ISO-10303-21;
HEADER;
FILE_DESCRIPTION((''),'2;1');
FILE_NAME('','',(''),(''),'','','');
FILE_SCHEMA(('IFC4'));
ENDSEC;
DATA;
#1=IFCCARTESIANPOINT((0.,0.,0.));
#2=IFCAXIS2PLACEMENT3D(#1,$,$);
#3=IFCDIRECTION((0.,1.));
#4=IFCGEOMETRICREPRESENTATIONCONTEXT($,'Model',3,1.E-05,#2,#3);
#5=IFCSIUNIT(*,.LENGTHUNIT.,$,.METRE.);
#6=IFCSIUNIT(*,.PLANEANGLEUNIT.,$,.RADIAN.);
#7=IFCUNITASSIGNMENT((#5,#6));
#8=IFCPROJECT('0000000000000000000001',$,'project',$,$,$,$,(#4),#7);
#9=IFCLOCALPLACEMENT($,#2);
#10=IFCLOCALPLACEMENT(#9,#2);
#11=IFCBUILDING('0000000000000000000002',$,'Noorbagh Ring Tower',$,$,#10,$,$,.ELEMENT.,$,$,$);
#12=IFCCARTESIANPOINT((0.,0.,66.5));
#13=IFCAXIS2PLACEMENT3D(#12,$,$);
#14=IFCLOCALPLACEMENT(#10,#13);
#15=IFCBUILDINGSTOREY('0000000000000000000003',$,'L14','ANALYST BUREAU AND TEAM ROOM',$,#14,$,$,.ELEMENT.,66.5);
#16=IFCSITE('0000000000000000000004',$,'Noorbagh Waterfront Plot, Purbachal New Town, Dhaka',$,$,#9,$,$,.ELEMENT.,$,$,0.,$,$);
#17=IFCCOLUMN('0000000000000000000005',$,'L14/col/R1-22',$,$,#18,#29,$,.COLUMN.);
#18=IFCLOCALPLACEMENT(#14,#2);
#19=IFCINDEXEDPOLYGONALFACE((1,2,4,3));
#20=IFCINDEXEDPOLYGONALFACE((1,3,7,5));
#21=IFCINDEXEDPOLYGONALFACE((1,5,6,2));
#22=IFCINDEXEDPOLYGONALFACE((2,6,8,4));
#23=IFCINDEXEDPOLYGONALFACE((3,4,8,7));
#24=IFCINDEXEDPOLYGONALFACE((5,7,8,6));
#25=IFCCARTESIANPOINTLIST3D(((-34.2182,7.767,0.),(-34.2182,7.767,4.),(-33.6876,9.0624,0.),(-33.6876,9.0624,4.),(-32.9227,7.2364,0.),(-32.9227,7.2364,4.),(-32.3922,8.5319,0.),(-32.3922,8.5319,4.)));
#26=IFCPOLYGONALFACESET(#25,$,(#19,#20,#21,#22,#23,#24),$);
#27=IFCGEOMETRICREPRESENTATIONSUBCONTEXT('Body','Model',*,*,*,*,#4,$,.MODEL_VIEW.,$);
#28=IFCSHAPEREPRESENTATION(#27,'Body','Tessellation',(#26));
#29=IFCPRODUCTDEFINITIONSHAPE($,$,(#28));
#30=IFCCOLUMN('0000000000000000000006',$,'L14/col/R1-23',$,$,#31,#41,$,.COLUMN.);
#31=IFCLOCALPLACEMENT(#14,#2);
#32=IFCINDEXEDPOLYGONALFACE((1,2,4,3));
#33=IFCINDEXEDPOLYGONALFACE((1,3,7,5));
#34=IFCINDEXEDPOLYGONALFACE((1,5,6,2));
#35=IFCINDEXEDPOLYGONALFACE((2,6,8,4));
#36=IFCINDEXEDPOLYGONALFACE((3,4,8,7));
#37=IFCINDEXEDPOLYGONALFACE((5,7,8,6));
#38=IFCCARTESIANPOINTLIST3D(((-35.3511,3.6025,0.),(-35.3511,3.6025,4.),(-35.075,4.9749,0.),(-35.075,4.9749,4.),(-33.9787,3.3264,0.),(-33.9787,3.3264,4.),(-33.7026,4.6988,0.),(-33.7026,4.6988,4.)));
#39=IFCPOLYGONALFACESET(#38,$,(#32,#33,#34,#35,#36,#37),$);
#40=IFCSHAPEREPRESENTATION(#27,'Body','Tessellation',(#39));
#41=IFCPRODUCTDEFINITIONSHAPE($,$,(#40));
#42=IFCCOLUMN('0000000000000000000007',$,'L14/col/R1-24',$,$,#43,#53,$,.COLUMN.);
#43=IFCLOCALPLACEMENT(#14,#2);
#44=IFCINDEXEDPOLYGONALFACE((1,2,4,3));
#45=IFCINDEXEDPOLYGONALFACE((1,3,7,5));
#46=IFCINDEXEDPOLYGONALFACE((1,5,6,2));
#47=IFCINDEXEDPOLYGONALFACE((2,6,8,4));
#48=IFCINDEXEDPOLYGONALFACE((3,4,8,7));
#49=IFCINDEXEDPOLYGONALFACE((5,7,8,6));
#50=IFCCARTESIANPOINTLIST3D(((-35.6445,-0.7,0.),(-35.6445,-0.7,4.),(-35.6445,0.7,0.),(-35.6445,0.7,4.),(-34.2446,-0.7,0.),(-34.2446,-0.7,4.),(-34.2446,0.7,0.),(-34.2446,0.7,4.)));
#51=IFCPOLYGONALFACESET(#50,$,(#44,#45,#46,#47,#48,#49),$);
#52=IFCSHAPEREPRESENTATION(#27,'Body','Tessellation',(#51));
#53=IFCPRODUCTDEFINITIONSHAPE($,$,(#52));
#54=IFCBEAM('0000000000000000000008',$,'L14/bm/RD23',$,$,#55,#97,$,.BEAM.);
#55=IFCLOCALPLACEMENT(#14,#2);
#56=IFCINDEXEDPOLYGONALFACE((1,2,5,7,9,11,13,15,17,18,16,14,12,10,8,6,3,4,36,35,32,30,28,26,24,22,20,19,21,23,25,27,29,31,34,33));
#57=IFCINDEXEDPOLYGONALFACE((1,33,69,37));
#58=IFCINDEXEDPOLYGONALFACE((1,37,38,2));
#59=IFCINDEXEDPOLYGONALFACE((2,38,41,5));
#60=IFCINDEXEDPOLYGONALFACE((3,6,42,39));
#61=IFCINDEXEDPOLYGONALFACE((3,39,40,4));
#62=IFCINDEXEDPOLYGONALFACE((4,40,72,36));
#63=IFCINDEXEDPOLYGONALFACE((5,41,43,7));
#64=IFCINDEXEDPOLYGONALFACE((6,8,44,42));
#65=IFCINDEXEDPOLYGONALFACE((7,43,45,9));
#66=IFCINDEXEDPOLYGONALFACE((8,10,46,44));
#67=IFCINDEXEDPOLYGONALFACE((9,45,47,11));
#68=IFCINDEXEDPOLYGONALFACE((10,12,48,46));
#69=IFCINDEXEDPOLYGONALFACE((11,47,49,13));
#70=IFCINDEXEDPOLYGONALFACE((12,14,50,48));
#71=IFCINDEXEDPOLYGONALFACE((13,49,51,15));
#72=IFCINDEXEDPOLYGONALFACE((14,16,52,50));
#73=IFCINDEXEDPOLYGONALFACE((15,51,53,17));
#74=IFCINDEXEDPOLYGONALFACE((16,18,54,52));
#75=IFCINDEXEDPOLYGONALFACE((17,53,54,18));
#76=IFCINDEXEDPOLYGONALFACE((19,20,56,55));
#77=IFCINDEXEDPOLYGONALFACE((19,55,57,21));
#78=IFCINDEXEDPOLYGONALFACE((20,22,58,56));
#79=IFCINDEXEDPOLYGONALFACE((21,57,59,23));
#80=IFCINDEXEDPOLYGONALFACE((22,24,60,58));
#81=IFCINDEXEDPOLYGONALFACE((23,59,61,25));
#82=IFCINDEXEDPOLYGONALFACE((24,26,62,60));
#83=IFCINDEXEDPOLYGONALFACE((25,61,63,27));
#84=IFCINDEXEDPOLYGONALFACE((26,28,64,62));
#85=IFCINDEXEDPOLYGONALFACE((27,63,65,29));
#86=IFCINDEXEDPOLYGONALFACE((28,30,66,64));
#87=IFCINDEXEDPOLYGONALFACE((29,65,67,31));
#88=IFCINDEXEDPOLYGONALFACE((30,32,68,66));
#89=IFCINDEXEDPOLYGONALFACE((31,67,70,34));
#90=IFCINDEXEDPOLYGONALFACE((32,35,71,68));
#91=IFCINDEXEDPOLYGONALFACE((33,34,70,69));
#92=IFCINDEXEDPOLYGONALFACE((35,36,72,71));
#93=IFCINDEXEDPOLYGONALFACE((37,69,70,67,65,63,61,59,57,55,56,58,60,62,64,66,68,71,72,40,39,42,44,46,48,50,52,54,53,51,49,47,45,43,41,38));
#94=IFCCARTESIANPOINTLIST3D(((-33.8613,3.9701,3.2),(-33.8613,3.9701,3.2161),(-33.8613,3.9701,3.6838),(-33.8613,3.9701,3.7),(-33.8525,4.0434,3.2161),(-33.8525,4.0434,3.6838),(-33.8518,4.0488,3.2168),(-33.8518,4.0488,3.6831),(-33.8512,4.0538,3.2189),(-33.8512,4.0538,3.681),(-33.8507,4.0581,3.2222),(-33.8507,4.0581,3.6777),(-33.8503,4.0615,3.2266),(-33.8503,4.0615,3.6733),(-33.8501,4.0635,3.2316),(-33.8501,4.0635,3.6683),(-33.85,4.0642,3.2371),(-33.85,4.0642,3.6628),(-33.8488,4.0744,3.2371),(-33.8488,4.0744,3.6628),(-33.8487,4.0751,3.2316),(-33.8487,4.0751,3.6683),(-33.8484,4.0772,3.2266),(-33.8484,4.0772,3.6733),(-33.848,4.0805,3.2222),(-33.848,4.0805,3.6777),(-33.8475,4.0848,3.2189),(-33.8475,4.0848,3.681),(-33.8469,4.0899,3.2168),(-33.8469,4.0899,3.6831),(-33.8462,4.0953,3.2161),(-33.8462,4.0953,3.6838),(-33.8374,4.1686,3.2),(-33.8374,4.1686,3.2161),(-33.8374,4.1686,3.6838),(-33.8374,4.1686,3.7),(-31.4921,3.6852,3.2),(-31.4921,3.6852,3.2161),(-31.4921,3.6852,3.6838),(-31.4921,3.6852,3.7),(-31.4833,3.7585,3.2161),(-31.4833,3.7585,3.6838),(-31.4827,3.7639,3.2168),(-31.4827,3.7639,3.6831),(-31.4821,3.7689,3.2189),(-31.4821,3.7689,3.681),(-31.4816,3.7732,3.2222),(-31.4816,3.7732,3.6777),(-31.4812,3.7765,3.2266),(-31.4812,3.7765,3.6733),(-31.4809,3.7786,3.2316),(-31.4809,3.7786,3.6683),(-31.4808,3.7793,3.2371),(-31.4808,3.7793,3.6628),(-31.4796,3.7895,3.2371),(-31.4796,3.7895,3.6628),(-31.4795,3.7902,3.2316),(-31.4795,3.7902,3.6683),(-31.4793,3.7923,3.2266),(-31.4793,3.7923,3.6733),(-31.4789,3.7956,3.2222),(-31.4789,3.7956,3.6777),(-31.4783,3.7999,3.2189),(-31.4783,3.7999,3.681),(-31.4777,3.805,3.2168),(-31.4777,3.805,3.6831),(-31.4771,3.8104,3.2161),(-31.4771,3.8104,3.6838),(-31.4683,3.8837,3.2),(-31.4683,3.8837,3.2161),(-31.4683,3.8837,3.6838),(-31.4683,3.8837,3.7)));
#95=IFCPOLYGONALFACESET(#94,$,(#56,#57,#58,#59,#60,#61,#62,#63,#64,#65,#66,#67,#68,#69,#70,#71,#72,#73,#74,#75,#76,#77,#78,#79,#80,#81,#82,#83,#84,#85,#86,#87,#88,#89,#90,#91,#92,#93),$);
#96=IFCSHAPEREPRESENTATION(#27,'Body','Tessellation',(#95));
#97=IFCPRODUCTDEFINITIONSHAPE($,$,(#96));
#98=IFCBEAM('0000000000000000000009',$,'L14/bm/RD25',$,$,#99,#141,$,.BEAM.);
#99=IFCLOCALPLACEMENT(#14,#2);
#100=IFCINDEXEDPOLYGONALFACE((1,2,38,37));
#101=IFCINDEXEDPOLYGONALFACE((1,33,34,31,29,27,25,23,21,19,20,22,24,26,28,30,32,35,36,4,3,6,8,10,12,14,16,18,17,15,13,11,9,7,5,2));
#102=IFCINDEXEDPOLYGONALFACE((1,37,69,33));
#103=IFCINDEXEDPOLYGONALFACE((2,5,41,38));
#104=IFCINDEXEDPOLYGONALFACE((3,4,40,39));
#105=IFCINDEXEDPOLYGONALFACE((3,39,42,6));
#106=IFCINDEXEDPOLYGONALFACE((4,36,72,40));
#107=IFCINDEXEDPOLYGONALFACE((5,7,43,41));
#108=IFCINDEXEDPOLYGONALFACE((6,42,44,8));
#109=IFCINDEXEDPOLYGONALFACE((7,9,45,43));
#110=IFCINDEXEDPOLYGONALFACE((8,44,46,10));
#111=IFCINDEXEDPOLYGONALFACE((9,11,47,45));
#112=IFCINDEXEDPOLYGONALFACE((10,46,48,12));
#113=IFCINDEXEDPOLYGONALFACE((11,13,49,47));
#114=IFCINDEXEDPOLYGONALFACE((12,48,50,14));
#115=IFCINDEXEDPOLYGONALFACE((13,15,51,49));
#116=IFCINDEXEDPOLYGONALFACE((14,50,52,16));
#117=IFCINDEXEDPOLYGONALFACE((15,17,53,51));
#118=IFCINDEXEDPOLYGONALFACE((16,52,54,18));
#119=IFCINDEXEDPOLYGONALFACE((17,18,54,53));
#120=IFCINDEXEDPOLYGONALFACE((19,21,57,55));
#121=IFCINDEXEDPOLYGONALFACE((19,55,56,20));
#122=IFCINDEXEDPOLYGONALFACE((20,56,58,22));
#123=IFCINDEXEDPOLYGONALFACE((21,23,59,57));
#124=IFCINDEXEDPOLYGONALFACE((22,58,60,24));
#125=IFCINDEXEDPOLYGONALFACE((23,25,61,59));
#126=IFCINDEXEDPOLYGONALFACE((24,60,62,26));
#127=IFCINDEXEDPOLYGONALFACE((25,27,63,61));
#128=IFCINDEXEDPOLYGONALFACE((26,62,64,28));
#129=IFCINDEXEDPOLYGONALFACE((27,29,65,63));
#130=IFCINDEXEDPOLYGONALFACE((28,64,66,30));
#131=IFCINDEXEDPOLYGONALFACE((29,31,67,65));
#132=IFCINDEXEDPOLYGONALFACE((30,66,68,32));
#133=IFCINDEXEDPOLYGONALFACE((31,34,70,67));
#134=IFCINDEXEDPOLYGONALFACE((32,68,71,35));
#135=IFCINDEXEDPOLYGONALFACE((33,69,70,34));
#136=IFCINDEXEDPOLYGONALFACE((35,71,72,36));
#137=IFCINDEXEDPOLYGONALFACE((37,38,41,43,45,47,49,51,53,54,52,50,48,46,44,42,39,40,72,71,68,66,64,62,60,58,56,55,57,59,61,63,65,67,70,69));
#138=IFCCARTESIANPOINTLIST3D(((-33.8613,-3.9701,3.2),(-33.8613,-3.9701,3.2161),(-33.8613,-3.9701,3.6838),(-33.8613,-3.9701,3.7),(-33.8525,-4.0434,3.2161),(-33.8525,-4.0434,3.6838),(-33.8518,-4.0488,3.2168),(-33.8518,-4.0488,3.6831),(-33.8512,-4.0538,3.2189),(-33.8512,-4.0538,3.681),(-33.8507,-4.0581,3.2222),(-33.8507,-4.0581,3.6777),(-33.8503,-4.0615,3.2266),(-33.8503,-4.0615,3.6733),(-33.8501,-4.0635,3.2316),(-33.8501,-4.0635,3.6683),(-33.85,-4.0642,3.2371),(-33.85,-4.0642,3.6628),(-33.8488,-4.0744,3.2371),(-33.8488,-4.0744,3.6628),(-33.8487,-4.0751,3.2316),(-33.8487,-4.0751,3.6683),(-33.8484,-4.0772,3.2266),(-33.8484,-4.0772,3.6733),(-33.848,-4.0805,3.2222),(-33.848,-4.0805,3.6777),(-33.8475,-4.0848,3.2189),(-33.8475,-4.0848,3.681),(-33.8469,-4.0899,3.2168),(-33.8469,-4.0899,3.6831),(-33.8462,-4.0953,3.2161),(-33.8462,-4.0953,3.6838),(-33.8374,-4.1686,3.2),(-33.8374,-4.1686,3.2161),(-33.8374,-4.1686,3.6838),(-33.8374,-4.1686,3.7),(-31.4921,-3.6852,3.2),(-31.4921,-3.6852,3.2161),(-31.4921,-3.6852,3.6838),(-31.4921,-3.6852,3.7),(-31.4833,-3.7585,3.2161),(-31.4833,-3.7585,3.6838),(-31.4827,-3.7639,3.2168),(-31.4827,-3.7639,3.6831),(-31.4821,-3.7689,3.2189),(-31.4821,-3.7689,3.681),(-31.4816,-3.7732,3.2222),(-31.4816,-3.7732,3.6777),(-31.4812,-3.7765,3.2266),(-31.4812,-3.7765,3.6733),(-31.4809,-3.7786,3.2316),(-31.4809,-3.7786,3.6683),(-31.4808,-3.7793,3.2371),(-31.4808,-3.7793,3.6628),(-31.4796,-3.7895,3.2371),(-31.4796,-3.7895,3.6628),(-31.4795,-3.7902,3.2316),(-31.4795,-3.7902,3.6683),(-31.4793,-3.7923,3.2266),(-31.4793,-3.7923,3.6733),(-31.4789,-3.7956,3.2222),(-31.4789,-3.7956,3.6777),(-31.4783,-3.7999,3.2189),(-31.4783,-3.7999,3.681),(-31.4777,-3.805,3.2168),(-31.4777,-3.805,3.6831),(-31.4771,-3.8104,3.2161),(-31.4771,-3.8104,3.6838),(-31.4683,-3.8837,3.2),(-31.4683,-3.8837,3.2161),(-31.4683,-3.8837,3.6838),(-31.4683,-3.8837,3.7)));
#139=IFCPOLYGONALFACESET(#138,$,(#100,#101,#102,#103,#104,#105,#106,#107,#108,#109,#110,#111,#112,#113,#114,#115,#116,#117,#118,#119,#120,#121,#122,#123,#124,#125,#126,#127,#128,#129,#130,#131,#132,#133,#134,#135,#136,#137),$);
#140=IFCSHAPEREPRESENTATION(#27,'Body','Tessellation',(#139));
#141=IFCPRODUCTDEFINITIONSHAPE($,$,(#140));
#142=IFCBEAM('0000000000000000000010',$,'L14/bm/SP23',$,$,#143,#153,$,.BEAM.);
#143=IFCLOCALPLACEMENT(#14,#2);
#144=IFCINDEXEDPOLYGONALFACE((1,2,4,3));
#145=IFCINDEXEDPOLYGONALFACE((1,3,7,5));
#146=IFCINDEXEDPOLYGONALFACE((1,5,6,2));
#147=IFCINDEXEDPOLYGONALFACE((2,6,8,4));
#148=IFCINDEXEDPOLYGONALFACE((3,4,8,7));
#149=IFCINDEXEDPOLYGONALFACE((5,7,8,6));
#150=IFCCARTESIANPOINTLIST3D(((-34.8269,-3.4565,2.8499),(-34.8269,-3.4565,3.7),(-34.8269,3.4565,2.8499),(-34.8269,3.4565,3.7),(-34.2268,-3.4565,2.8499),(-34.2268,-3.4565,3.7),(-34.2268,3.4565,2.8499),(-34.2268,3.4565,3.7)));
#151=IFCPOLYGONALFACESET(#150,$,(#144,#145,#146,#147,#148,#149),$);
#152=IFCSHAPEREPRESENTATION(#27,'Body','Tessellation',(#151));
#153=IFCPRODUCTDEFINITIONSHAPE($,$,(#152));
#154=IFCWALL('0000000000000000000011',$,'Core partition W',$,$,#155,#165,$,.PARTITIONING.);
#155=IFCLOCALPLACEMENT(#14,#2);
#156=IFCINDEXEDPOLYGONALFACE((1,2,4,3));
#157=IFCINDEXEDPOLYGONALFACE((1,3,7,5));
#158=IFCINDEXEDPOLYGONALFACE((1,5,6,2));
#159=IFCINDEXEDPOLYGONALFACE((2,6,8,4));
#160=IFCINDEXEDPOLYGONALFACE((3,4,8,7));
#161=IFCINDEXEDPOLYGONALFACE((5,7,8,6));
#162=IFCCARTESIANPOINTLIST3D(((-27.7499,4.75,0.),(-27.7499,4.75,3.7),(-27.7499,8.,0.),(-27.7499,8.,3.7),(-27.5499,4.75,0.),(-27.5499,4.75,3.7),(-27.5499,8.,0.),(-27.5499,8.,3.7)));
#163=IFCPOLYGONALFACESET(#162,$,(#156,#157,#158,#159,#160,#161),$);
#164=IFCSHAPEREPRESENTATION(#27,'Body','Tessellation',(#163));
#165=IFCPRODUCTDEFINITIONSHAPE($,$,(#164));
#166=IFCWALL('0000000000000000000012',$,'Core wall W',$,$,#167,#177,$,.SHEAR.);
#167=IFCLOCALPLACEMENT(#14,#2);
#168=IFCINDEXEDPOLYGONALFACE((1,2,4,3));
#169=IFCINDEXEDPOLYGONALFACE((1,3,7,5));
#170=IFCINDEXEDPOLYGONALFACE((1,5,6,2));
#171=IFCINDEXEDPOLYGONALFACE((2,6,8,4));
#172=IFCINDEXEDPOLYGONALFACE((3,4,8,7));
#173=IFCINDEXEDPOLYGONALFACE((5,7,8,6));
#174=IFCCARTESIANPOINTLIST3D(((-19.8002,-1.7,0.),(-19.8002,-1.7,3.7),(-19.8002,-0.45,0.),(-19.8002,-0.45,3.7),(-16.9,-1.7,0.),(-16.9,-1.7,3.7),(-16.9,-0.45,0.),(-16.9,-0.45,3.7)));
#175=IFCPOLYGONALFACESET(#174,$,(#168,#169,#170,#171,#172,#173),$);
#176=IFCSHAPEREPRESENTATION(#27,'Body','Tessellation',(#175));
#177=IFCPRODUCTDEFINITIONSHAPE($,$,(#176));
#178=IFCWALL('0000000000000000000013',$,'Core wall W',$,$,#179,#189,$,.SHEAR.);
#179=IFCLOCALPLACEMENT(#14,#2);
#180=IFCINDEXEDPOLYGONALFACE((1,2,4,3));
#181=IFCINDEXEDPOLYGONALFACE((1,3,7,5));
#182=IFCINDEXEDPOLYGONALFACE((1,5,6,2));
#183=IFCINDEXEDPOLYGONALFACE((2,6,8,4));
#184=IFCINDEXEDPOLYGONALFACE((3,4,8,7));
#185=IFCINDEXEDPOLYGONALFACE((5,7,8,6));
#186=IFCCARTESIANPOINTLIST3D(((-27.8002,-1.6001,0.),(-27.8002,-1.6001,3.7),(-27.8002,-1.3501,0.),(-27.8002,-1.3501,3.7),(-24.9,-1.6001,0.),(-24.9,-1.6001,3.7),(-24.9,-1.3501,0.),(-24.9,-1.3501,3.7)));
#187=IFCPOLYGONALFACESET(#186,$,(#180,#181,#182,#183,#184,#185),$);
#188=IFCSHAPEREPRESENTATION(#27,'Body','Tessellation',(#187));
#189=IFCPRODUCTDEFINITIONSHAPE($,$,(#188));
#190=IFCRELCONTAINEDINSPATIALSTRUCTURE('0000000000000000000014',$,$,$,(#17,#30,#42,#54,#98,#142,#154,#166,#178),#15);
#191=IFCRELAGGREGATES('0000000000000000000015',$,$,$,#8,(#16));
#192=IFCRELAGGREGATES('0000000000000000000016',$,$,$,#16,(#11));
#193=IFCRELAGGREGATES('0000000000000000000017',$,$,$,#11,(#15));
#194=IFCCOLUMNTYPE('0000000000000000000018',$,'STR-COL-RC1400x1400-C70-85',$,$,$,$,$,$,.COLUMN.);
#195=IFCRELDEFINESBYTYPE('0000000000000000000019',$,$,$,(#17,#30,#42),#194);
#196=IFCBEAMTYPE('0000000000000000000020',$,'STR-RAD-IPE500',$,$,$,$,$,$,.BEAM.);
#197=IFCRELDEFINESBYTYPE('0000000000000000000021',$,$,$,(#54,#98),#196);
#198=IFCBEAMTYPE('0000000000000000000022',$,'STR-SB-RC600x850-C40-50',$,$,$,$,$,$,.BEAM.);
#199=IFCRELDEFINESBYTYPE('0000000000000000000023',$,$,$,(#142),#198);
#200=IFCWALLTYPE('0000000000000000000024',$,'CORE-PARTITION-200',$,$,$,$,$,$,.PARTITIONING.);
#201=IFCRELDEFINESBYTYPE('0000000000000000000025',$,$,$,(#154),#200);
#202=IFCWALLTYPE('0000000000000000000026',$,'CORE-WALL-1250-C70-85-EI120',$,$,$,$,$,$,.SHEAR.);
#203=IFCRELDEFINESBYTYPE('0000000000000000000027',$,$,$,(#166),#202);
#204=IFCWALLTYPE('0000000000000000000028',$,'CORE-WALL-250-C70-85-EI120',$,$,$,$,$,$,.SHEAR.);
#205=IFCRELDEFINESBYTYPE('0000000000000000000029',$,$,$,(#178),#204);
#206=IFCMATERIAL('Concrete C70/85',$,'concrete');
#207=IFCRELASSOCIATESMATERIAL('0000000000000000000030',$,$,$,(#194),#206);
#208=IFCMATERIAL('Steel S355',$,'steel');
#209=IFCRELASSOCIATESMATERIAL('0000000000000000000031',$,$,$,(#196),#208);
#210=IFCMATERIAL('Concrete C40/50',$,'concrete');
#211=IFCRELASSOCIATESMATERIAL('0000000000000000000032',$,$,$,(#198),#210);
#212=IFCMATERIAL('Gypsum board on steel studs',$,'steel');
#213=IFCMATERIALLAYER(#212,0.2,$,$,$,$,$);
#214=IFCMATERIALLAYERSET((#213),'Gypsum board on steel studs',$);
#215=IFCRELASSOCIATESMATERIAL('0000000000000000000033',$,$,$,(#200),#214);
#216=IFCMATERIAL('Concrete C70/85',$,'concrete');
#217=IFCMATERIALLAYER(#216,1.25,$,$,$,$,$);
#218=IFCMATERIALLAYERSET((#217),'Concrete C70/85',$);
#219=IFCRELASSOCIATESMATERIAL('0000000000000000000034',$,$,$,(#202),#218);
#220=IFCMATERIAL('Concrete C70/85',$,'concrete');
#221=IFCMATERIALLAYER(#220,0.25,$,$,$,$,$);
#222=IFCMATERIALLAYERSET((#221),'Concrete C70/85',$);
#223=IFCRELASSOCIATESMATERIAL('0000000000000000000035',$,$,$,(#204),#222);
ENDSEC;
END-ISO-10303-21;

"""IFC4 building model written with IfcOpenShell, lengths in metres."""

from ifc_helpers import new_model, si_unit, direction, frame, frame_2d, origin, origin_2d, place, context, subcontext, project, spatial, rectangle, i_section, extrude, material, layer, layer_set, material_profile, profile_set, type_object, element, save


model = new_model("IFC4")

# Units and contexts
model_context = context("Model", 3, precision=1e-05, world=origin(), true_north=direction((0.0, 1.0)))
body_context = subcontext(model_context, "Body", "Model", "MODEL_VIEW")
ifc_project = project(units=[si_unit("LENGTHUNIT", "METRE"), si_unit("PLANEANGLEUNIT", "RADIAN")], contexts=[model_context])

# Site, building, storey
site_placement = place(None, origin())
site = spatial("IfcSite", under=ifc_project, at=site_placement, Name="Noorbagh Waterfront Plot, Purbachal New Town, Dhaka", CompositionType="ELEMENT", RefElevation=0.0)
building_placement = place(site_placement, origin())
building = spatial("IfcBuilding", under=site, at=building_placement, Name="Noorbagh Ring Tower", CompositionType="ELEMENT")
storey_placement = place(building_placement, frame((0.0, 0.0, 66.5)))
storey = spatial("IfcBuildingStorey", under=building, at=storey_placement, Name="L14", Description="ANALYST BUREAU AND TEAM ROOM", CompositionType="ELEMENT", Elevation=66.5)

# Columns
ifc_material_1 = material(Name="Concrete C70/85", Category="concrete")
ifc_material_profile_1 = material_profile(ifc_material_1, rectangle(XDim=1.3999, YDim=1.3999, at=origin_2d()), Name="RC1400x1400")
ifc_profile_set_1 = profile_set([ifc_material_profile_1], Name="Concrete C70/85")
column_type = type_object("IfcColumnType", Name="STR-COL-RC1400x1400-C70-85", PredefinedType="COLUMN", material=ifc_profile_set_1)
for number, where, z_axis, x_axis, name in (
    (1, (-33.3052, 8.1494, 0.0), (0.0, 0.0, 1.0), (-0.378989, -0.925401, 0.0), "L14/col/R1-22"),
    (2, (-34.5269, 4.1506, 0.0), (0.0, 0.0, 1.0), (-0.19723, -0.980357, 0.0), "L14/col/R1-23"),
    (3, (-34.9446, 0.0, 0.0), (0.0, 0.0, 1.0), (0.0, -1.0, 0.0), "L14/col/R1-24"),
):
    element("IfcColumn", number, at=place(storey_placement, frame(where, z_axis=z_axis, x_axis=x_axis)), inside=storey, type_object=column_type, Name=name, PredefinedType="COLUMN", context=body_context, shape_type="SweptSolid", body=[
        extrude(rectangle(XDim=1.3999, YDim=1.3999, at=origin_2d()), origin(), (0.0, 0.0, 1.0), 4.0),
    ])

# Beams
ifc_material_2 = material(Name="Steel S355", Category="steel")
ifc_material_profile_2 = material_profile(ifc_material_2, i_section(OverallWidth=0.2, OverallDepth=0.5, WebThickness=0.0103, FlangeThickness=0.0161, FilletRadius=0.021, at=origin_2d()), Name="IPE500")
ifc_profile_set_2 = profile_set([ifc_material_profile_2], Name="Steel S355")
beam_type_1 = type_object("IfcBeamType", Name="STR-RAD-IPE500", PredefinedType="BEAM", material=ifc_profile_set_2)
for number, where, z_axis, x_axis, name in (
    (4, (-33.8494, 4.0693, 3.45), (0.992846, -0.119399, 0.0), (0.119399, 0.992846, 0.0), "L14/bm/RD23"),
    (5, (-33.8494, -4.0693, 3.45), (0.992846, 0.119399, 0.0), (-0.119399, 0.992846, 0.0), "L14/bm/RD25"),
):
    element("IfcBeam", number, at=place(storey_placement, frame(where, z_axis=z_axis, x_axis=x_axis)), inside=storey, type_object=beam_type_1, Name=name, PredefinedType="BEAM", context=body_context, shape_type="SweptSolid", body=[
        extrude(i_section(OverallWidth=0.2, OverallDepth=0.5, WebThickness=0.0103, FlangeThickness=0.0161, FilletRadius=0.021, at=origin_2d()), origin(), (0.0, 0.0, 1.0), 2.3862),
    ])
ifc_material_3 = material(Name="Concrete C40/50", Category="concrete")
ifc_material_profile_3 = material_profile(ifc_material_3, rectangle(XDim=0.6001, YDim=0.8501, at=origin_2d()), Name="RC600x850")
ifc_profile_set_3 = profile_set([ifc_material_profile_3], Name="Concrete C40/50")
beam_type_2 = type_object("IfcBeamType", Name="STR-SB-RC600x850-C40-50", PredefinedType="BEAM", material=ifc_profile_set_3)
beam_placement = place(storey_placement, frame((-34.5269, 3.4565, 3.2749), z_axis=(0.0, -1.0, 0.0), x_axis=(1.0, 0.0, 0.0)))
element("IfcBeam", 6, at=beam_placement, inside=storey, type_object=beam_type_2, Name="L14/bm/SP23", PredefinedType="BEAM", context=body_context, shape_type="SweptSolid", body=[
    extrude(rectangle(XDim=0.6001, YDim=0.8501, at=origin_2d()), origin(), (0.0, 0.0, 1.0), 6.9131),
])

# Walls
ifc_material_4 = material(Name="Gypsum board on steel studs", Category="steel")
ifc_layer_1 = layer(ifc_material_4, 0.2)
ifc_layer_set_1 = layer_set([ifc_layer_1], Name="Gypsum board on steel studs")
wall_type_1 = type_object("IfcWallType", Name="CORE-PARTITION-200", PredefinedType="PARTITIONING", material=ifc_layer_set_1)
wall_1_placement = place(storey_placement, frame((-27.6499, 4.75, 0.0), z_axis=(0.0, 0.0, 1.0), x_axis=(0.0, 1.0, 0.0)))
element("IfcWall", 7, at=wall_1_placement, inside=storey, type_object=wall_type_1, Name="Core partition W", PredefinedType="PARTITIONING", context=body_context, shape_type="SweptSolid", body=[
    extrude(rectangle(XDim=3.25, YDim=0.2, at=frame_2d((1.625, 0.0))), origin(), (0.0, 0.0, 1.0), 3.7),
])
ifc_material_5 = material(Name="Concrete C70/85", Category="concrete")
ifc_layer_2 = layer(ifc_material_5, 1.25)
ifc_layer_set_2 = layer_set([ifc_layer_2], Name="Concrete C70/85")
wall_type_2 = type_object("IfcWallType", Name="CORE-WALL-1250-C70-85-EI120", PredefinedType="SHEAR", material=ifc_layer_set_2)
wall_2_placement = place(storey_placement, frame((-16.8999, -1.075, 0.0), z_axis=(0.0, 0.0, 1.0), x_axis=(-1.0, 0.0, 0.0)))
element("IfcWall", 8, at=wall_2_placement, inside=storey, type_object=wall_type_2, Name="Core wall W", PredefinedType="SHEAR", context=body_context, shape_type="SweptSolid", body=[
    extrude(rectangle(XDim=2.9001, YDim=1.25, at=frame_2d((1.4502, 0.0))), origin(), (0.0, 0.0, 1.0), 3.7),
])
ifc_material_6 = material(Name="Concrete C70/85", Category="concrete")
ifc_layer_3 = layer(ifc_material_6, 0.25)
ifc_layer_set_3 = layer_set([ifc_layer_3], Name="Concrete C70/85")
wall_type_3 = type_object("IfcWallType", Name="CORE-WALL-250-C70-85-EI120", PredefinedType="SHEAR", material=ifc_layer_set_3)
for number, where, z_axis, x_axis, name in (
    (9, (-24.8999, -1.4751, 0.0), (0.0, 0.0, 1.0), (-1.0, 0.0, 0.0), "Core wall W"),
):
    element("IfcWall", number, at=place(storey_placement, frame(where, z_axis=z_axis, x_axis=x_axis)), inside=storey, type_object=wall_type_3, Name=name, PredefinedType="SHEAR", context=body_context, shape_type="SweptSolid", body=[
        extrude(rectangle(XDim=2.9001, YDim=0.25, at=frame_2d((1.4502, 0.0))), origin(), (0.0, 0.0, 1.0), 3.7),
    ])

save(model, "model.ifc")
